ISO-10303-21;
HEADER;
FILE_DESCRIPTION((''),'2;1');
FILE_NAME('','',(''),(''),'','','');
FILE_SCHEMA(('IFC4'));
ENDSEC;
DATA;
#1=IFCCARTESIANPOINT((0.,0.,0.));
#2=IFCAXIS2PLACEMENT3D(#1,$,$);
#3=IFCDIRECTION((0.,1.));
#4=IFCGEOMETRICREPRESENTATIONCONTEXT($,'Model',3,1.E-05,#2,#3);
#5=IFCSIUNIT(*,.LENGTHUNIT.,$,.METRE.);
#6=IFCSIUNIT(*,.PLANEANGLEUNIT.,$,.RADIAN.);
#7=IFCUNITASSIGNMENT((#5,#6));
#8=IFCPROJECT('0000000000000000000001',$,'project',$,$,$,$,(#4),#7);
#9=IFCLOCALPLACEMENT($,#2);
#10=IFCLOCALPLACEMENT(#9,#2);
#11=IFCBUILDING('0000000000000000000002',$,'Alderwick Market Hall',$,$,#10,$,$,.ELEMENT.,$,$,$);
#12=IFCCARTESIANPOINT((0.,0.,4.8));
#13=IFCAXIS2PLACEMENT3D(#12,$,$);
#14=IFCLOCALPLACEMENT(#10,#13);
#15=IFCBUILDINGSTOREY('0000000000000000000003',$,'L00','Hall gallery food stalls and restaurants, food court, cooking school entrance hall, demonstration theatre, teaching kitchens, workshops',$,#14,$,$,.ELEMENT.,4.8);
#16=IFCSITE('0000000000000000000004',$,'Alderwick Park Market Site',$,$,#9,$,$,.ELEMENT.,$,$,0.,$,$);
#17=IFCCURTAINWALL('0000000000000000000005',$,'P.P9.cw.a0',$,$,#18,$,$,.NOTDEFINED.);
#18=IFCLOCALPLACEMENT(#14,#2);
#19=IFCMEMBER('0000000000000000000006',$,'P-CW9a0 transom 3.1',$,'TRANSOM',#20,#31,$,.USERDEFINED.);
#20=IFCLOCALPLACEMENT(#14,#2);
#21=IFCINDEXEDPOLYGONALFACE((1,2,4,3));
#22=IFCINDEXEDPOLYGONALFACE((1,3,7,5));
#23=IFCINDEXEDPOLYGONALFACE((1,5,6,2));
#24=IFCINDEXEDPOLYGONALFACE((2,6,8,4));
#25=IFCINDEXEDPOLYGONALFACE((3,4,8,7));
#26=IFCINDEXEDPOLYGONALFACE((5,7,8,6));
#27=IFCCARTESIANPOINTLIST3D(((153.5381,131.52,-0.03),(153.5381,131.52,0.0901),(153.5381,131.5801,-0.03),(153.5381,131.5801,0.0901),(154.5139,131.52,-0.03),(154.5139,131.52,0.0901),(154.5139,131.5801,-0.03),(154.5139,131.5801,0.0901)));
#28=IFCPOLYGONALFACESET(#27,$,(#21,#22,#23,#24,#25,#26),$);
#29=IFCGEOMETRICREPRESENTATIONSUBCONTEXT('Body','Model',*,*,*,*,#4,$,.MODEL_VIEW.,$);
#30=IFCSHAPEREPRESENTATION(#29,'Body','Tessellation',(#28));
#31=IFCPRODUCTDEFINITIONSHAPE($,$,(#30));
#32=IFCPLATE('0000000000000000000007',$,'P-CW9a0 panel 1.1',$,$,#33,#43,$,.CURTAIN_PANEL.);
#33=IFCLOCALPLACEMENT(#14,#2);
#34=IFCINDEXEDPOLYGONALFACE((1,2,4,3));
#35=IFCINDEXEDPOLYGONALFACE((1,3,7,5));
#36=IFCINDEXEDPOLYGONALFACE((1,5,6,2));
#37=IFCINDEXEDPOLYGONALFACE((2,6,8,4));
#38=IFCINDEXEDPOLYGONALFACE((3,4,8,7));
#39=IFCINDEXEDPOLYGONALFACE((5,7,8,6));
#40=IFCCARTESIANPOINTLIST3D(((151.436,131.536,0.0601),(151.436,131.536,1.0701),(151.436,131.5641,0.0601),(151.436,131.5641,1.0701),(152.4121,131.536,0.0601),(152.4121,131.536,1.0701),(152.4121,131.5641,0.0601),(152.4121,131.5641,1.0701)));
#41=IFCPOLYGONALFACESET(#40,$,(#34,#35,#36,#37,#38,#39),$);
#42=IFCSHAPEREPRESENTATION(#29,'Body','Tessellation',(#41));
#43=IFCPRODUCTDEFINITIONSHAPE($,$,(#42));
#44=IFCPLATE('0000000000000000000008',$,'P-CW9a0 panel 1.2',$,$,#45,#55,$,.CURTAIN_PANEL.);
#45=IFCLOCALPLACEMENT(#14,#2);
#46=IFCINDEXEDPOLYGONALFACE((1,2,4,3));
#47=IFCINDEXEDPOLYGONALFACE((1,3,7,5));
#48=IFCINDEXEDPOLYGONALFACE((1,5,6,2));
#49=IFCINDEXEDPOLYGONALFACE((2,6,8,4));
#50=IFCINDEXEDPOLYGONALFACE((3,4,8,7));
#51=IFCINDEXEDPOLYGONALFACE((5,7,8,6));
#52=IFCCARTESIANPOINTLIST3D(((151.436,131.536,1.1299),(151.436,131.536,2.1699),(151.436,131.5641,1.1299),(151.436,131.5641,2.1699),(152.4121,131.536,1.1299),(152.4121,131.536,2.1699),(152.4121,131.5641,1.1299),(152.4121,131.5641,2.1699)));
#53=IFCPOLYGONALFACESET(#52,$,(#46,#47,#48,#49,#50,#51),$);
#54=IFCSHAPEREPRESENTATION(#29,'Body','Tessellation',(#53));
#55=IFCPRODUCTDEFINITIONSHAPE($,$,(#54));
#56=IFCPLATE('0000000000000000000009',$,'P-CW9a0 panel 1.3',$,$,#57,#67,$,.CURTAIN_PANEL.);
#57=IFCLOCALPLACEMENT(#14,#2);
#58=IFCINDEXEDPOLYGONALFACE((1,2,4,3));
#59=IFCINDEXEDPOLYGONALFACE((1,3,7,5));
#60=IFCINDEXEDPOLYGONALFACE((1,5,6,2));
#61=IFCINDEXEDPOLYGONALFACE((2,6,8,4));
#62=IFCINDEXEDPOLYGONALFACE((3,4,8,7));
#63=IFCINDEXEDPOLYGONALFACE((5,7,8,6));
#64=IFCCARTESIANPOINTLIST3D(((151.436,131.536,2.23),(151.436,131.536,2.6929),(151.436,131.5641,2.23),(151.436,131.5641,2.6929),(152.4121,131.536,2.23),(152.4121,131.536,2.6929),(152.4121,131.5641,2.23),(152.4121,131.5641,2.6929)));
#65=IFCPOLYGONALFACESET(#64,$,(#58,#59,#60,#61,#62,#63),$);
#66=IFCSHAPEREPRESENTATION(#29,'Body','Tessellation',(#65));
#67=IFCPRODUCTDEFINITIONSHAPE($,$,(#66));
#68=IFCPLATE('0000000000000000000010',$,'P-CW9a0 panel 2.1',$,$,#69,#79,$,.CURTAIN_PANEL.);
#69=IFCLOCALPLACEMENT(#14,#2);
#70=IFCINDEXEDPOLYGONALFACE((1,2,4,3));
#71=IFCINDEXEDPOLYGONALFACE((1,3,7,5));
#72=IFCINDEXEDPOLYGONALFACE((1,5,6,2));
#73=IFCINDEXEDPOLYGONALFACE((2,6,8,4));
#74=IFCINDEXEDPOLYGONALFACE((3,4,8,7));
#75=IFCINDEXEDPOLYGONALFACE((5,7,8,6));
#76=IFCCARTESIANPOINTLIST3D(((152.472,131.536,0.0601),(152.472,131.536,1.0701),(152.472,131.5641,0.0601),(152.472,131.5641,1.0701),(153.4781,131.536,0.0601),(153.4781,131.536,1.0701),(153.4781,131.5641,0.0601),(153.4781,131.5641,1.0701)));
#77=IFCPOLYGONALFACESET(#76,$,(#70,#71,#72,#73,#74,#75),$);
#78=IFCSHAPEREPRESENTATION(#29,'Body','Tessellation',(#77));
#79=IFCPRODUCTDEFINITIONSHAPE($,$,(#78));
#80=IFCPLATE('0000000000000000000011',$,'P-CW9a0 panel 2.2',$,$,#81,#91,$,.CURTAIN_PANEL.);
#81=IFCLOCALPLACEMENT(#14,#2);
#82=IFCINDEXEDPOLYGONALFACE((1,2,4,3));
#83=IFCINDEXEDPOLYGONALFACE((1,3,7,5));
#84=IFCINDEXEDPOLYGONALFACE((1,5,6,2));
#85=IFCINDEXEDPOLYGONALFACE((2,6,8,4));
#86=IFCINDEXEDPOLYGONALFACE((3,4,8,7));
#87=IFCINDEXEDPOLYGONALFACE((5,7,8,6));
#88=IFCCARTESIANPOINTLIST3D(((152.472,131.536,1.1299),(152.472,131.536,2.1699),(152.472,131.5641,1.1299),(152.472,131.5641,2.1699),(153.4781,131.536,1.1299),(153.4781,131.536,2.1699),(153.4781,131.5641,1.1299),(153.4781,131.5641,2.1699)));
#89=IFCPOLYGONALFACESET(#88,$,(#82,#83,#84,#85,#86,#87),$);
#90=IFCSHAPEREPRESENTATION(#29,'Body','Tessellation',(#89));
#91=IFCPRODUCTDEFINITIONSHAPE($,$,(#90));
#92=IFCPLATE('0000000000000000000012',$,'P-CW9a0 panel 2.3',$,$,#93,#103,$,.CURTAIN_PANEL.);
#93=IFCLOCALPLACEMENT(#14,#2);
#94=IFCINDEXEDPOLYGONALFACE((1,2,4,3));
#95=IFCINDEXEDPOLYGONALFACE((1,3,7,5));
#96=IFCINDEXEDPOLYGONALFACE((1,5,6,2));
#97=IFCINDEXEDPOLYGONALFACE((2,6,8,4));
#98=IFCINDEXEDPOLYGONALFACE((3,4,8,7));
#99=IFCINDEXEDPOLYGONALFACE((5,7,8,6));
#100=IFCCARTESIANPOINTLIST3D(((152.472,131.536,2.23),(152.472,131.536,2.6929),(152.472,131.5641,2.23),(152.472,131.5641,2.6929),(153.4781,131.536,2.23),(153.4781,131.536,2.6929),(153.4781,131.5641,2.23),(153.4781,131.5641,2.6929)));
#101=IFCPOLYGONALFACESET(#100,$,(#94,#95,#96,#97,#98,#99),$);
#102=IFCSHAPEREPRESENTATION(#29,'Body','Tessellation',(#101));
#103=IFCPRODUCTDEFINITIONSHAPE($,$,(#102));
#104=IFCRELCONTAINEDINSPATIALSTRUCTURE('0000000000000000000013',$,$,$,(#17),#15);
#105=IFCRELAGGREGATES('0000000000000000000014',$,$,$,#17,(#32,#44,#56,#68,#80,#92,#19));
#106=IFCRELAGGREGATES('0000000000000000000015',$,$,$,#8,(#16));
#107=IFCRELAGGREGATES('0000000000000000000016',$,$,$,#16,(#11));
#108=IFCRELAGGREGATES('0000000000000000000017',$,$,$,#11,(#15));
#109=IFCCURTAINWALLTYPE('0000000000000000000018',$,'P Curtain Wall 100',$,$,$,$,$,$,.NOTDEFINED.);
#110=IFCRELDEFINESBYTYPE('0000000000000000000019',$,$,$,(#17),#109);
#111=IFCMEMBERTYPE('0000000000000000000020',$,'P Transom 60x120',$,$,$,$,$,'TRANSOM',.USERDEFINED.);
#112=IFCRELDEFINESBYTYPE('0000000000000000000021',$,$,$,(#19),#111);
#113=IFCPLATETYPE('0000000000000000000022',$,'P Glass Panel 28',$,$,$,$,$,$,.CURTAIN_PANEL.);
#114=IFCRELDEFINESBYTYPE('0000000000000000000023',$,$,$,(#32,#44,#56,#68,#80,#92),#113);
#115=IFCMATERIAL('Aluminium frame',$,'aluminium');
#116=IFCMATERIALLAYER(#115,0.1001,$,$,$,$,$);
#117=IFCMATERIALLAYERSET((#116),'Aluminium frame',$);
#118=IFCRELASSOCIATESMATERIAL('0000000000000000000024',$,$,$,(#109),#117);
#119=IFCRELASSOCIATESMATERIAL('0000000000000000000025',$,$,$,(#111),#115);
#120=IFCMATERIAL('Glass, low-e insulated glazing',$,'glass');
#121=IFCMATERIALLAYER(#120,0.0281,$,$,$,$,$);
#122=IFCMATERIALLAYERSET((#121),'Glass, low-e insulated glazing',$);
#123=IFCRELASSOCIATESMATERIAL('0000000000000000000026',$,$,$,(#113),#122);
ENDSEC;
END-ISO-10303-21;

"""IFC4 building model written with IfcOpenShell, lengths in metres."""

from ifc_helpers import new_model, si_unit, direction, frame, origin, origin_2d, place, context, subcontext, project, spatial, rectangle, extrude, material, layer, layer_set, material_profile, profile_set, type_object, element, aggregate, save


model = new_model("IFC4")

# Units and contexts
model_context = context("Model", 3, precision=1e-05, world=origin(), true_north=direction((0.0, 1.0)))
body_context = subcontext(model_context, "Body", "Model", "MODEL_VIEW")
ifc_project = project(units=[si_unit("LENGTHUNIT", "METRE"), si_unit("PLANEANGLEUNIT", "RADIAN")], contexts=[model_context])

# Site, building, storey
site_placement = place(None, origin())
site = spatial("IfcSite", under=ifc_project, at=site_placement, Name="Alderwick Park Market Site", CompositionType="ELEMENT", RefElevation=0.0)
building_placement = place(site_placement, origin())
building = spatial("IfcBuilding", under=site, at=building_placement, Name="Alderwick Market Hall", CompositionType="ELEMENT")
storey_placement = place(building_placement, frame((0.0, 0.0, 4.8)))
storey = spatial("IfcBuildingStorey", under=building, at=storey_placement, Name="L00", Description="Hall gallery food stalls and restaurants, food court, cooking school entrance hall, demonstration theatre, teaching kitchens, workshops", CompositionType="ELEMENT", Elevation=4.8)

# Curtain wall
ifc_material_1 = material(Name="Aluminium frame", Category="aluminium")
ifc_layer_1 = layer(ifc_material_1, 0.1001)
ifc_layer_set_1 = layer_set([ifc_layer_1], Name="Aluminium frame")
curtain_wall_type = type_object("IfcCurtainWallType", Name="P Curtain Wall 100", PredefinedType="NOTDEFINED", material=ifc_layer_set_1)
curtain_wall_placement = place(storey_placement, origin())
curtain_wall = element("IfcCurtainWall", 1, at=curtain_wall_placement, inside=storey, type_object=curtain_wall_type, Name="P.P9.cw.a0", PredefinedType="NOTDEFINED")

# Member
ifc_material_profile_1 = material_profile(ifc_material_1, rectangle(XDim=0.0601, YDim=0.1201, at=origin_2d()), Name="P Transom 60x120")
ifc_profile_set_1 = profile_set([ifc_material_profile_1], Name="Aluminium frame")
member_type_1 = type_object("IfcMemberType", Name="P Transom 60x120", ElementType="TRANSOM", PredefinedType="USERDEFINED", material=ifc_profile_set_1)
member_1_placement = place(storey_placement, frame((153.5381, 131.55, 0.03), z_axis=(1.0, 0.0, 0.0), x_axis=(0.0, 1.0, 0.0)))
member_1 = element("IfcMember", 2, at=member_1_placement, type_object=member_type_1, Name="P-CW9a0 transom 3.1", ObjectType="TRANSOM", PredefinedType="USERDEFINED", context=body_context, shape_type="SweptSolid", body=[
    extrude(rectangle(XDim=0.0601, YDim=0.1201, at=origin_2d()), origin(), (0.0, 0.0, 1.0), 0.9758),
])

# Plates
ifc_material_2 = material(Name="Glass, low-e insulated glazing", Category="glass")
ifc_layer_2 = layer(ifc_material_2, 0.0281)
ifc_layer_set_2 = layer_set([ifc_layer_2], Name="Glass, low-e insulated glazing")
plate_type = type_object("IfcPlateType", Name="P Glass Panel 28", PredefinedType="CURTAIN_PANEL", material=ifc_layer_set_2)
plate_1_placement = place(storey_placement, frame((151.9241, 131.55, 0.0601), z_axis=(0.0, 0.0, 1.0), x_axis=(1.0, 0.0, 0.0)))
plate_1 = element("IfcPlate", 3, at=plate_1_placement, type_object=plate_type, Name="P-CW9a0 panel 1.1", PredefinedType="CURTAIN_PANEL", context=body_context, shape_type="SweptSolid", body=[
    extrude(rectangle(XDim=0.9761, YDim=0.0281, at=origin_2d()), origin(), (0.0, 0.0, 1.0), 1.01),
])
plate_2_placement = place(storey_placement, frame((151.9241, 131.55, 1.1299), z_axis=(0.0, 0.0, 1.0), x_axis=(1.0, 0.0, 0.0)))
plate_2 = element("IfcPlate", 4, at=plate_2_placement, type_object=plate_type, Name="P-CW9a0 panel 1.2", PredefinedType="CURTAIN_PANEL", context=body_context, shape_type="SweptSolid", body=[
    extrude(rectangle(XDim=0.9761, YDim=0.0281, at=origin_2d()), origin(), (0.0, 0.0, 1.0), 1.04),
])
plate_3_placement = place(storey_placement, frame((151.9241, 131.55, 2.23), z_axis=(0.0, 0.0, 1.0), x_axis=(1.0, 0.0, 0.0)))
plate_3 = element("IfcPlate", 5, at=plate_3_placement, type_object=plate_type, Name="P-CW9a0 panel 1.3", PredefinedType="CURTAIN_PANEL", context=body_context, shape_type="SweptSolid", body=[
    extrude(rectangle(XDim=0.9761, YDim=0.0281, at=origin_2d()), origin(), (0.0, 0.0, 1.0), 0.4629),
])
plate_4_placement = place(storey_placement, frame((152.9751, 131.55, 0.0601), z_axis=(0.0, 0.0, 1.0), x_axis=(1.0, 0.0, 0.0)))
plate_4 = element("IfcPlate", 6, at=plate_4_placement, type_object=plate_type, Name="P-CW9a0 panel 2.1", PredefinedType="CURTAIN_PANEL", context=body_context, shape_type="SweptSolid", body=[
    extrude(rectangle(XDim=1.0061, YDim=0.0281, at=origin_2d()), origin(), (0.0, 0.0, 1.0), 1.01),
])
plate_5_placement = place(storey_placement, frame((152.9751, 131.55, 1.1299), z_axis=(0.0, 0.0, 1.0), x_axis=(1.0, 0.0, 0.0)))
plate_5 = element("IfcPlate", 7, at=plate_5_placement, type_object=plate_type, Name="P-CW9a0 panel 2.2", PredefinedType="CURTAIN_PANEL", context=body_context, shape_type="SweptSolid", body=[
    extrude(rectangle(XDim=1.0061, YDim=0.0281, at=origin_2d()), origin(), (0.0, 0.0, 1.0), 1.04),
])
plate_6_placement = place(storey_placement, frame((152.9751, 131.55, 2.23), z_axis=(0.0, 0.0, 1.0), x_axis=(1.0, 0.0, 0.0)))
plate_6 = element("IfcPlate", 8, at=plate_6_placement, type_object=plate_type, Name="P-CW9a0 panel 2.3", PredefinedType="CURTAIN_PANEL", context=body_context, shape_type="SweptSolid", body=[
    extrude(rectangle(XDim=1.0061, YDim=0.0281, at=origin_2d()), origin(), (0.0, 0.0, 1.0), 0.4629),
])
aggregate(curtain_wall, [plate_1, plate_2, plate_3, plate_4, plate_5, plate_6, member_1])

save(model, "model.ifc")
